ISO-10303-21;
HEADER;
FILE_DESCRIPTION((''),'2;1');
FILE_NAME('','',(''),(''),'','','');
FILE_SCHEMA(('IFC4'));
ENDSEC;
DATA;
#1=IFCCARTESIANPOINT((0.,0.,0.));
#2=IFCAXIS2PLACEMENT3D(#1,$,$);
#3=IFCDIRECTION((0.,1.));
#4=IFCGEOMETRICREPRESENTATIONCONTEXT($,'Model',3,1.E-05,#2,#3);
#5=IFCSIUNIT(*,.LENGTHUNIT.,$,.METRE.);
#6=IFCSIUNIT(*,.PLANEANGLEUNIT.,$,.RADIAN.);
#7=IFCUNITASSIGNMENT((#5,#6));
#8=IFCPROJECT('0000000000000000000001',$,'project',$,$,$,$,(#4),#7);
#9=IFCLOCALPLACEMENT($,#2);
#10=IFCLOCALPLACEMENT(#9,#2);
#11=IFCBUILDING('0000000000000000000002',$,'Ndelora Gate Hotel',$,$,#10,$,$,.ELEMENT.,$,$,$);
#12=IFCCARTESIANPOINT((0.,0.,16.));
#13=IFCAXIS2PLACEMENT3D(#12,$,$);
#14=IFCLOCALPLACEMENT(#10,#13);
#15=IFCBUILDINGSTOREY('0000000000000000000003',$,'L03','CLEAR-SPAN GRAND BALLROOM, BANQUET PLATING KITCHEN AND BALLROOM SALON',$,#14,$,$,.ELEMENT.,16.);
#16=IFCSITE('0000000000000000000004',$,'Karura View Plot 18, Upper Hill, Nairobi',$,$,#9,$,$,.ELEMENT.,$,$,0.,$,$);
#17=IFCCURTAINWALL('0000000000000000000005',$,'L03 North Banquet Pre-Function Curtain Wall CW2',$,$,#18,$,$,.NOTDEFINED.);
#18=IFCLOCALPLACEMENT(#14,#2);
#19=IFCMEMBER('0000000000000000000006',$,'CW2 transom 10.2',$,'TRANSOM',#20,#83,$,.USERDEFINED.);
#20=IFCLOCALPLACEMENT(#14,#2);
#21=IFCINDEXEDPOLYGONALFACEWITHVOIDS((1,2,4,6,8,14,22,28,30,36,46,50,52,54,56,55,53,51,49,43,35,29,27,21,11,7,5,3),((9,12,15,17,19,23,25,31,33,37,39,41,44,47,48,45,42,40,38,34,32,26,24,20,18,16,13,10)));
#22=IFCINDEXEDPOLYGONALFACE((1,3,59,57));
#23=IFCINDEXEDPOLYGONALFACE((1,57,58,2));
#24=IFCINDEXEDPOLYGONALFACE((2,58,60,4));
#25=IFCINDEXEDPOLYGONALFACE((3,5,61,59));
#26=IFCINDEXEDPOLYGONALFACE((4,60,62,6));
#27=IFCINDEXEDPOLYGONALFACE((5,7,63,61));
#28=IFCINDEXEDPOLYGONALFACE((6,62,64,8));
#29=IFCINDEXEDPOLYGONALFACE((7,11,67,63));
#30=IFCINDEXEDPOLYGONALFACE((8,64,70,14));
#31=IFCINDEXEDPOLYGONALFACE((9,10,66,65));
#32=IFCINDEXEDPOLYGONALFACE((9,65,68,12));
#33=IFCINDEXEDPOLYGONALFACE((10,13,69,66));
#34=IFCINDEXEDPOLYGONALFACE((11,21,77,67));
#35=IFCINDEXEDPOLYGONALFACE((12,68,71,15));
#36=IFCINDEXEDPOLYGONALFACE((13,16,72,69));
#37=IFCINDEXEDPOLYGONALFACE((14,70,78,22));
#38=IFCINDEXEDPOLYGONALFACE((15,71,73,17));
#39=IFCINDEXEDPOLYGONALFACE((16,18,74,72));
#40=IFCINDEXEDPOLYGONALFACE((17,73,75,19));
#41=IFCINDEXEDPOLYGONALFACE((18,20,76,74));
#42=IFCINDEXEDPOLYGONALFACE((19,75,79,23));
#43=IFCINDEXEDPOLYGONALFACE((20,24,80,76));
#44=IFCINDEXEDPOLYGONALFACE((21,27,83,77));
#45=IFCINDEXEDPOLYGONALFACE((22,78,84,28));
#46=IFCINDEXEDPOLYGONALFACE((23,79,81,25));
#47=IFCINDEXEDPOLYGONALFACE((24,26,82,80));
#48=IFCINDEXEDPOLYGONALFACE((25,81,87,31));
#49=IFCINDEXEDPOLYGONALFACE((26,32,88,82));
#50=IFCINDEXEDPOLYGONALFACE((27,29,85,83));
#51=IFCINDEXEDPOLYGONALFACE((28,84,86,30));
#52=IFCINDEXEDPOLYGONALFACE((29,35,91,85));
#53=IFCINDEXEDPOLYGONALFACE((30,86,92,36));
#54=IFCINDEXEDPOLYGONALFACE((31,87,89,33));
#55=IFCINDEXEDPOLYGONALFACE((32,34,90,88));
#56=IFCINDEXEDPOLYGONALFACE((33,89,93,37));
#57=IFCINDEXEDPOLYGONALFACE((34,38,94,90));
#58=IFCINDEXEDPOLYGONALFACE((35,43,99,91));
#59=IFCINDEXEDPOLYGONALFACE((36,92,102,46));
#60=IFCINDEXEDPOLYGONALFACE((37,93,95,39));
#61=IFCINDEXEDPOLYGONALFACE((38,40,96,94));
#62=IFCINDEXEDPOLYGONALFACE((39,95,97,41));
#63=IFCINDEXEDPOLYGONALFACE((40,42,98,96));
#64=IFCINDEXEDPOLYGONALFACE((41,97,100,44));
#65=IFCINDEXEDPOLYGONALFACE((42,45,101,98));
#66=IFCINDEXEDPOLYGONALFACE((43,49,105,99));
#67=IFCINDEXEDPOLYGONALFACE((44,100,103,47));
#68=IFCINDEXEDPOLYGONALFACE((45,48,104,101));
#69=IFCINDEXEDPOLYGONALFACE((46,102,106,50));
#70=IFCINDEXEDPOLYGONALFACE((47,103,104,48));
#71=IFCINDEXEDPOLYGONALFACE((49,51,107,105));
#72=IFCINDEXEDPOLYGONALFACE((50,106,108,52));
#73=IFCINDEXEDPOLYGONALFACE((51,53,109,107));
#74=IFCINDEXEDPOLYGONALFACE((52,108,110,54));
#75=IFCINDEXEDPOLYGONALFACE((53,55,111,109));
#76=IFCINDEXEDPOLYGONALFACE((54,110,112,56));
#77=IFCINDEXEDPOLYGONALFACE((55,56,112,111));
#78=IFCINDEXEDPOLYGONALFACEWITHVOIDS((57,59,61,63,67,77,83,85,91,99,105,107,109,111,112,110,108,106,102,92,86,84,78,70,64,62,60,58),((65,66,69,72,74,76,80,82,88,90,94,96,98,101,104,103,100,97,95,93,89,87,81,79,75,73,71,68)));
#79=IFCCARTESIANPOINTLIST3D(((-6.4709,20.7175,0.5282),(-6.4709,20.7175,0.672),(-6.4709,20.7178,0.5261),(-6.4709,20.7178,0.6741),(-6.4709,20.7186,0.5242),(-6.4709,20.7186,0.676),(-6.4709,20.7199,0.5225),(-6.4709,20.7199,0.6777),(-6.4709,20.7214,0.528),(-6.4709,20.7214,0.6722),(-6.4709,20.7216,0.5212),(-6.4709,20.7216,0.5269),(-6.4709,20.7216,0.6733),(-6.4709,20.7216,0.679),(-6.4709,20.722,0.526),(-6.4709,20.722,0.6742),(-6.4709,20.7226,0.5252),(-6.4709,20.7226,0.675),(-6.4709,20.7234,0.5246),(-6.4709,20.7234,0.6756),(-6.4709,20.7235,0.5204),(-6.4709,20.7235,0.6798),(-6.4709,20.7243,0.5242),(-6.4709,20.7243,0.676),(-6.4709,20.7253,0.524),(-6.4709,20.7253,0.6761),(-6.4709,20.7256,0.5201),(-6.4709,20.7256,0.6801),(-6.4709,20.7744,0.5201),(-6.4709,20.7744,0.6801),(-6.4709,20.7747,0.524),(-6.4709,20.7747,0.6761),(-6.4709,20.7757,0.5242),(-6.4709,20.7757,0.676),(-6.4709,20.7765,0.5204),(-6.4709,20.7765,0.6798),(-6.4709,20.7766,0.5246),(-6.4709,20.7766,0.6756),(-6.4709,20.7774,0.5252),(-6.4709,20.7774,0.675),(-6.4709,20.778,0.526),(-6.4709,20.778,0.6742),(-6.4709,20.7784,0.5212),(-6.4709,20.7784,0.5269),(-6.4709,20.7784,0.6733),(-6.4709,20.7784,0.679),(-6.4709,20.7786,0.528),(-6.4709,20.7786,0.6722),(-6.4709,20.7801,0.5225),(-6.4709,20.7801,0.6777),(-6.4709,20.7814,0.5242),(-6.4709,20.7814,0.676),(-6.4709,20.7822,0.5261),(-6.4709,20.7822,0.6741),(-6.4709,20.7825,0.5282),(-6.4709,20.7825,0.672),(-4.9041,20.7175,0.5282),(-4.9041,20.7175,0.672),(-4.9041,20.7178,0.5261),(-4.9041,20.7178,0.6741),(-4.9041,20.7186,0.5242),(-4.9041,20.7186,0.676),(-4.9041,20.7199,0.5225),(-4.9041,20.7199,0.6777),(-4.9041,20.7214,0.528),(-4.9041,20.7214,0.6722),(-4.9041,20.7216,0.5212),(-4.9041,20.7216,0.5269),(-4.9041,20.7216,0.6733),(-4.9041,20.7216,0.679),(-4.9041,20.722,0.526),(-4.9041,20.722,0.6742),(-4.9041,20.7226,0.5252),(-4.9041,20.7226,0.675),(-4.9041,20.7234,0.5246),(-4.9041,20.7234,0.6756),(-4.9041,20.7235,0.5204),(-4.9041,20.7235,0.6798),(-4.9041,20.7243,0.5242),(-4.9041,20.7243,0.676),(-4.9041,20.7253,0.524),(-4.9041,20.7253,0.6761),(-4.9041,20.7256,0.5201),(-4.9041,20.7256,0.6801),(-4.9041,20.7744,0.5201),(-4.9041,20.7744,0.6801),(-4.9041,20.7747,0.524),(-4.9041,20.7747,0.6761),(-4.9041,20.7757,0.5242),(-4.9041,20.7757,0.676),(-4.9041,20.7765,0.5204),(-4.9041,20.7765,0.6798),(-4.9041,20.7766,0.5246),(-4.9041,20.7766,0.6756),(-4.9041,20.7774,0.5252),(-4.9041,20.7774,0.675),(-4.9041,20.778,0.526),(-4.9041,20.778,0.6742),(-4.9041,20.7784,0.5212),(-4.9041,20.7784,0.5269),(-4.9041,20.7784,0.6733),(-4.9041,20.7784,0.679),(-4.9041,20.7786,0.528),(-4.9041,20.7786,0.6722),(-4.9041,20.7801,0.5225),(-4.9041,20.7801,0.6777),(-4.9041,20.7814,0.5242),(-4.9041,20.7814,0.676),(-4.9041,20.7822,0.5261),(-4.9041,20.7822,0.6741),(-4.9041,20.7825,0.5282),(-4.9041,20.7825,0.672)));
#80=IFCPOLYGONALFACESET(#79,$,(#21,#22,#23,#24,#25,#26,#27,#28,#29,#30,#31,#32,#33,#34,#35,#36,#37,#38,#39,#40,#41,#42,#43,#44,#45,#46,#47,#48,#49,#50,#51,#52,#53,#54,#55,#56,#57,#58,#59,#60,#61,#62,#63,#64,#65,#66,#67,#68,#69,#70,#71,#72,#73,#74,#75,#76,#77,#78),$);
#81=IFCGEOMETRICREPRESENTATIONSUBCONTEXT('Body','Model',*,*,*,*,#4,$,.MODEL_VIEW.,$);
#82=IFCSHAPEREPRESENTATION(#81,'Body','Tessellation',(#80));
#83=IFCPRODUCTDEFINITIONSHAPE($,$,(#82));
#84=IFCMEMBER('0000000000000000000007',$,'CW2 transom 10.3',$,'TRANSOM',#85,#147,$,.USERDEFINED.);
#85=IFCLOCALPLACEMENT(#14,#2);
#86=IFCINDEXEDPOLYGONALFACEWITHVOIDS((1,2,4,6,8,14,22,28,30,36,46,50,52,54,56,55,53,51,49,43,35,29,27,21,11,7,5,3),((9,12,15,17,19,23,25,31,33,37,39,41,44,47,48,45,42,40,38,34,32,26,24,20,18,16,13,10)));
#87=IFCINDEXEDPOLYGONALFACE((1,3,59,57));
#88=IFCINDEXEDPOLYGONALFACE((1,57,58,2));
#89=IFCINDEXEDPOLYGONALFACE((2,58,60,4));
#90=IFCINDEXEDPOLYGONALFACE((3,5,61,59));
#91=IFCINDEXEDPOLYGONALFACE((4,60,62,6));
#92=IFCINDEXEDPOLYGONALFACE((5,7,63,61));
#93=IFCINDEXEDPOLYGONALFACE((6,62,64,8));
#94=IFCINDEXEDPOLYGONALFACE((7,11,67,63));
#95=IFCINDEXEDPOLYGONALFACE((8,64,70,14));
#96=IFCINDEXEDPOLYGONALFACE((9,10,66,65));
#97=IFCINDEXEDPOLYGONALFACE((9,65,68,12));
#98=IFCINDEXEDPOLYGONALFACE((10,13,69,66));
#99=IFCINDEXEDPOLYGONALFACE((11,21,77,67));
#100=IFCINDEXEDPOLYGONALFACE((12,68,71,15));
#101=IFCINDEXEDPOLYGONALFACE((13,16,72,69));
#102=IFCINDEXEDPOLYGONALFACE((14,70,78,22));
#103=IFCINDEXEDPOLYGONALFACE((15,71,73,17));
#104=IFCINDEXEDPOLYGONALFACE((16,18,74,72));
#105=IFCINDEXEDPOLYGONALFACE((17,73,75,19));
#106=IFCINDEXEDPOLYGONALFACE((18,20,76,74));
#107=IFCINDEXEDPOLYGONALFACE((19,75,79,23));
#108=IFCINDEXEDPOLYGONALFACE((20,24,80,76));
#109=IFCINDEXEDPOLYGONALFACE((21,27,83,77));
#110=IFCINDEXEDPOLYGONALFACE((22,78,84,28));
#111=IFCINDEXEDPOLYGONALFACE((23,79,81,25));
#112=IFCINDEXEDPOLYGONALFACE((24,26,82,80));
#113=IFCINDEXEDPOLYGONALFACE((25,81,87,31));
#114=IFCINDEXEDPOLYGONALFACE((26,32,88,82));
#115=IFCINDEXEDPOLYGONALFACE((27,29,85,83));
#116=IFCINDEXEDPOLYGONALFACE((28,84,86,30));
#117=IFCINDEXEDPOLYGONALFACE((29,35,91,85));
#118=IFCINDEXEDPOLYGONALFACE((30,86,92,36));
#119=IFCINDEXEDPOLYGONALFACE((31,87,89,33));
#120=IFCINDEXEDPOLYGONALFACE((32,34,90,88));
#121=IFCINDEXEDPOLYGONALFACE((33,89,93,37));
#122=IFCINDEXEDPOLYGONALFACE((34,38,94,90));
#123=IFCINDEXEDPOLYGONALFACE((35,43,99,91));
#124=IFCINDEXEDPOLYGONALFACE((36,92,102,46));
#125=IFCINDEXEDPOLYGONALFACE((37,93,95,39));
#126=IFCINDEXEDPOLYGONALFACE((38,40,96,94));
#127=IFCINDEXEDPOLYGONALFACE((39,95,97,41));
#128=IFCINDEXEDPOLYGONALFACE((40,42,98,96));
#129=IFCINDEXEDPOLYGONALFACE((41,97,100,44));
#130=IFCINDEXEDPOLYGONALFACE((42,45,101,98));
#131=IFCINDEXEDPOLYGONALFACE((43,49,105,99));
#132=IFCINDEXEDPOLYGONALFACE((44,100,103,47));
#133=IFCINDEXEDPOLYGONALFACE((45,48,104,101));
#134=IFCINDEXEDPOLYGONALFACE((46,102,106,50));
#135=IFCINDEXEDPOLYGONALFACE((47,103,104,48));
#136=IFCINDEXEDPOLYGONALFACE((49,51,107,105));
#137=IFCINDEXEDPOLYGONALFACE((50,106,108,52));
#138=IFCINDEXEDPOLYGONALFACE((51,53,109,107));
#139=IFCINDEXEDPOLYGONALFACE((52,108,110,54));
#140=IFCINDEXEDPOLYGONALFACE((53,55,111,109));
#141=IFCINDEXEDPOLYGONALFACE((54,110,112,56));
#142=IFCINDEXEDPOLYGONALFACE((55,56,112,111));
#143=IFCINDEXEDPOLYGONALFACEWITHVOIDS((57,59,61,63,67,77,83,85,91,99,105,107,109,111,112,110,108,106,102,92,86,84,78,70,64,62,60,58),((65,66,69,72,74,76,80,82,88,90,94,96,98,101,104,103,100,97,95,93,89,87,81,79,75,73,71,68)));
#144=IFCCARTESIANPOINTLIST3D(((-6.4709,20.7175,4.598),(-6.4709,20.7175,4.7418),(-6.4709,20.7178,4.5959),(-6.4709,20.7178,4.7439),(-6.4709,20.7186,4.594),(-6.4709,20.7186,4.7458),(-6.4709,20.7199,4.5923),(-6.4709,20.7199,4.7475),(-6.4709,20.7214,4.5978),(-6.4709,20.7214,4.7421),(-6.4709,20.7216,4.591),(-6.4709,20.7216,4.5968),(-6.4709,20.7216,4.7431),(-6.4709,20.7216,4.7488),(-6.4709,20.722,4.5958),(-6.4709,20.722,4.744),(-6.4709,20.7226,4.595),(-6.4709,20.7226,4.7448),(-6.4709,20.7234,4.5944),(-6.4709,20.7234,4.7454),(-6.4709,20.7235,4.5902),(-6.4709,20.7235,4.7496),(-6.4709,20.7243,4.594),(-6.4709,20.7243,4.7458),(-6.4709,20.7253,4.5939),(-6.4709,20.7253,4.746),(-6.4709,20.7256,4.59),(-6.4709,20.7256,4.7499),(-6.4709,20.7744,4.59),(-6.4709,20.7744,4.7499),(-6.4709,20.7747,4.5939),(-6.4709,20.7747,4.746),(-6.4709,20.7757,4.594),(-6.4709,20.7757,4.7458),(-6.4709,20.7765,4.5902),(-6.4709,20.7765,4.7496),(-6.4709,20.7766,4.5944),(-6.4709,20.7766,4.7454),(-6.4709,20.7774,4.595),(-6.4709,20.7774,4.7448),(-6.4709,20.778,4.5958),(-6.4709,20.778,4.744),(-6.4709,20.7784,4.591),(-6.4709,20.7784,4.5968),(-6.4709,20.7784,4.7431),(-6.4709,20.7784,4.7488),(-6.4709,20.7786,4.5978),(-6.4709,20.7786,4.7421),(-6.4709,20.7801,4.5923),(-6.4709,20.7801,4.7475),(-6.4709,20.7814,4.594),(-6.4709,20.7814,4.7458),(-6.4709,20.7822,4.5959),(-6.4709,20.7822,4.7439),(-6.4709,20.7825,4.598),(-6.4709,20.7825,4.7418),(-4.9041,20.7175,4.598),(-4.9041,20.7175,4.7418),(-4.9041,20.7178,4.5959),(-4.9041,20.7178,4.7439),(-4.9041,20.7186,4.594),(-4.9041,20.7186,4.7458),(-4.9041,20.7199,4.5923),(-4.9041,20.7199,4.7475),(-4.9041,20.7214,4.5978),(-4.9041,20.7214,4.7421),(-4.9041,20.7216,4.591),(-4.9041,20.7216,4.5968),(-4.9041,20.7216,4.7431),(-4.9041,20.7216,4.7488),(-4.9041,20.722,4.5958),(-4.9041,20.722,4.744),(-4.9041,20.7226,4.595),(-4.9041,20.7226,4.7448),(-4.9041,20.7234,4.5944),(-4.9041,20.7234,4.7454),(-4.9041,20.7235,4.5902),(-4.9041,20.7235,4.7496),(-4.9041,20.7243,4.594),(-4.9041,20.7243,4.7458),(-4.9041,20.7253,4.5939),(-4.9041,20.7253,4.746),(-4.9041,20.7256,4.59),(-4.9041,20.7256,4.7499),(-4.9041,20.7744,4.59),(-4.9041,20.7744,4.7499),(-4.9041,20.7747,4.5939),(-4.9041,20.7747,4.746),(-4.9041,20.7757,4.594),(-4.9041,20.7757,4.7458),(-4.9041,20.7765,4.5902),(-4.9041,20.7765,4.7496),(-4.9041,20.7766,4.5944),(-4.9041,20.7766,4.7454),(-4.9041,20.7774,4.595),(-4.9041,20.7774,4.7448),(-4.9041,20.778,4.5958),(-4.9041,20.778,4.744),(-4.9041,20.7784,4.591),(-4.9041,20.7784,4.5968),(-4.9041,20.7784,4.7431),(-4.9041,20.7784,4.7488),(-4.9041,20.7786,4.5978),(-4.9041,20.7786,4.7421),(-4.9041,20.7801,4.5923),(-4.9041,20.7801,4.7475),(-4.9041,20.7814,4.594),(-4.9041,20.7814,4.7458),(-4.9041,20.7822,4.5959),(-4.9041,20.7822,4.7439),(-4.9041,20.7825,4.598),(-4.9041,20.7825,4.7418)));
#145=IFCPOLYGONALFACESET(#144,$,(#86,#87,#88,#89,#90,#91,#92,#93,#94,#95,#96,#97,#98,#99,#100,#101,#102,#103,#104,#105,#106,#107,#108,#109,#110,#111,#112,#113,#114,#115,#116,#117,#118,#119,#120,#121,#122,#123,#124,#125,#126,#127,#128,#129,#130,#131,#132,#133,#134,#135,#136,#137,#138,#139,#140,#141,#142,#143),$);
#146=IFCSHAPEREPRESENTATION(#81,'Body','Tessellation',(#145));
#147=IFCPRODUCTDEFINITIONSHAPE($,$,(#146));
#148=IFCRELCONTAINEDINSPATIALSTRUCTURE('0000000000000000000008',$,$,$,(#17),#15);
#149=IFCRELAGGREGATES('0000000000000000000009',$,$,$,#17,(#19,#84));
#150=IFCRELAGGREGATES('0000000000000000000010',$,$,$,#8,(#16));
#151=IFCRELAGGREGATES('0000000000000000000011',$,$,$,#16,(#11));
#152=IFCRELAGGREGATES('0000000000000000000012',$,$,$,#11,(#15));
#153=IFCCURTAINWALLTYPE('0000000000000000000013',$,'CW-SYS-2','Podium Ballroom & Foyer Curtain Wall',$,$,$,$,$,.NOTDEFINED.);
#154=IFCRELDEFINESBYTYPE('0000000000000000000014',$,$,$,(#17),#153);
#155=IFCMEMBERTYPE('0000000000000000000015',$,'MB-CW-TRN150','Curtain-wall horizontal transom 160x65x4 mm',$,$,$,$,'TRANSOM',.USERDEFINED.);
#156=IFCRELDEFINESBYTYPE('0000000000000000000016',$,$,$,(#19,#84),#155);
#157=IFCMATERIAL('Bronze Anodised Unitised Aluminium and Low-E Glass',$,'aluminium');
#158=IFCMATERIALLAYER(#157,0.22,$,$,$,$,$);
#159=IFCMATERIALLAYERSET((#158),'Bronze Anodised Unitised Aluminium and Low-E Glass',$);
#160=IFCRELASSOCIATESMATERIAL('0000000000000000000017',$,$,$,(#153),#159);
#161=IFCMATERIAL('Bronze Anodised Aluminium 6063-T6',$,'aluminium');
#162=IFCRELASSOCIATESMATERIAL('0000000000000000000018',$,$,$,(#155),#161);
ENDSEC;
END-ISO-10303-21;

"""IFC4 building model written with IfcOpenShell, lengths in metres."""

from ifc_helpers import new_model, si_unit, direction, frame, origin, origin_2d, place, context, subcontext, project, spatial, hollow_rectangle, extrude, material, layer, layer_set, material_profile, profile_set, type_object, element, aggregate, save


model = new_model("IFC4")

# Units and contexts
model_context = context("Model", 3, precision=1e-05, world=origin(), true_north=direction((0.0, 1.0)))
body_context = subcontext(model_context, "Body", "Model", "MODEL_VIEW")
ifc_project = project(units=[si_unit("LENGTHUNIT", "METRE"), si_unit("PLANEANGLEUNIT", "RADIAN")], contexts=[model_context])

# Site, building, storey
site_placement = place(None, origin())
site = spatial("IfcSite", under=ifc_project, at=site_placement, Name="Karura View Plot 18, Upper Hill, Nairobi", CompositionType="ELEMENT", RefElevation=0.0)
building_placement = place(site_placement, origin())
building = spatial("IfcBuilding", under=site, at=building_placement, Name="Ndelora Gate Hotel", CompositionType="ELEMENT")
storey_placement = place(building_placement, frame((0.0, 0.0, 16.0)))
storey = spatial("IfcBuildingStorey", under=building, at=storey_placement, Name="L03", Description="CLEAR-SPAN GRAND BALLROOM, BANQUET PLATING KITCHEN AND BALLROOM SALON", CompositionType="ELEMENT", Elevation=16.0)

# Curtain wall, members
ifc_material_1 = material(Name="Bronze Anodised Unitised Aluminium and Low-E Glass", Category="aluminium")
ifc_layer_1 = layer(ifc_material_1, 0.22)
ifc_layer_set_1 = layer_set([ifc_layer_1], Name="Bronze Anodised Unitised Aluminium and Low-E Glass")
curtain_wall_type = type_object("IfcCurtainWallType", Name="CW-SYS-2", Description="Podium Ballroom & Foyer Curtain Wall", PredefinedType="NOTDEFINED", material=ifc_layer_set_1)
curtain_wall_placement = place(storey_placement, origin())
curtain_wall = element("IfcCurtainWall", 1, at=curtain_wall_placement, inside=storey, type_object=curtain_wall_type, Name="L03 North Banquet Pre-Function Curtain Wall CW2", PredefinedType="NOTDEFINED")
ifc_material_2 = material(Name="Bronze Anodised Aluminium 6063-T6", Category="aluminium")
ifc_material_profile_1 = material_profile(ifc_material_2, hollow_rectangle(XDim=0.0649, YDim=0.1599, WallThickness=0.0039, InnerFilletRadius=0.0039, OuterFilletRadius=0.0081, at=origin_2d()), Name="ALU 160x65x4")
ifc_profile_set_1 = profile_set([ifc_material_profile_1], Name="Bronze Anodised Aluminium 6063-T6")
member_type_1 = type_object("IfcMemberType", Name="MB-CW-TRN150", Description="Curtain-wall horizontal transom 160x65x4 mm", ElementType="TRANSOM", PredefinedType="USERDEFINED", material=ifc_profile_set_1)
member_1_placement = place(storey_placement, frame((-4.9041, 20.75, 0.6001), z_axis=(-1.0, 0.0, 0.0), x_axis=(0.0, -1.0, 0.0)))
member_1 = element("IfcMember", 2, at=member_1_placement, type_object=member_type_1, Name="CW2 transom 10.2", ObjectType="TRANSOM", PredefinedType="USERDEFINED", context=body_context, shape_type="SweptSolid", body=[
    extrude(hollow_rectangle(XDim=0.0649, YDim=0.1599, WallThickness=0.0039, InnerFilletRadius=0.0039, OuterFilletRadius=0.0081, at=origin_2d()), origin(), (0.0, 0.0, 1.0), 1.5669),
])
member_2_placement = place(storey_placement, frame((-4.9041, 20.75, 4.6699), z_axis=(-1.0, 0.0, 0.0), x_axis=(0.0, -1.0, 0.0)))
member_2 = element("IfcMember", 3, at=member_2_placement, type_object=member_type_1, Name="CW2 transom 10.3", ObjectType="TRANSOM", PredefinedType="USERDEFINED", context=body_context, shape_type="SweptSolid", body=[
    extrude(hollow_rectangle(XDim=0.0649, YDim=0.1599, WallThickness=0.0039, InnerFilletRadius=0.0039, OuterFilletRadius=0.0081, at=origin_2d()), origin(), (0.0, 0.0, 1.0), 1.5669),
])
aggregate(curtain_wall, [member_1, member_2])

save(model, "model.ifc")
